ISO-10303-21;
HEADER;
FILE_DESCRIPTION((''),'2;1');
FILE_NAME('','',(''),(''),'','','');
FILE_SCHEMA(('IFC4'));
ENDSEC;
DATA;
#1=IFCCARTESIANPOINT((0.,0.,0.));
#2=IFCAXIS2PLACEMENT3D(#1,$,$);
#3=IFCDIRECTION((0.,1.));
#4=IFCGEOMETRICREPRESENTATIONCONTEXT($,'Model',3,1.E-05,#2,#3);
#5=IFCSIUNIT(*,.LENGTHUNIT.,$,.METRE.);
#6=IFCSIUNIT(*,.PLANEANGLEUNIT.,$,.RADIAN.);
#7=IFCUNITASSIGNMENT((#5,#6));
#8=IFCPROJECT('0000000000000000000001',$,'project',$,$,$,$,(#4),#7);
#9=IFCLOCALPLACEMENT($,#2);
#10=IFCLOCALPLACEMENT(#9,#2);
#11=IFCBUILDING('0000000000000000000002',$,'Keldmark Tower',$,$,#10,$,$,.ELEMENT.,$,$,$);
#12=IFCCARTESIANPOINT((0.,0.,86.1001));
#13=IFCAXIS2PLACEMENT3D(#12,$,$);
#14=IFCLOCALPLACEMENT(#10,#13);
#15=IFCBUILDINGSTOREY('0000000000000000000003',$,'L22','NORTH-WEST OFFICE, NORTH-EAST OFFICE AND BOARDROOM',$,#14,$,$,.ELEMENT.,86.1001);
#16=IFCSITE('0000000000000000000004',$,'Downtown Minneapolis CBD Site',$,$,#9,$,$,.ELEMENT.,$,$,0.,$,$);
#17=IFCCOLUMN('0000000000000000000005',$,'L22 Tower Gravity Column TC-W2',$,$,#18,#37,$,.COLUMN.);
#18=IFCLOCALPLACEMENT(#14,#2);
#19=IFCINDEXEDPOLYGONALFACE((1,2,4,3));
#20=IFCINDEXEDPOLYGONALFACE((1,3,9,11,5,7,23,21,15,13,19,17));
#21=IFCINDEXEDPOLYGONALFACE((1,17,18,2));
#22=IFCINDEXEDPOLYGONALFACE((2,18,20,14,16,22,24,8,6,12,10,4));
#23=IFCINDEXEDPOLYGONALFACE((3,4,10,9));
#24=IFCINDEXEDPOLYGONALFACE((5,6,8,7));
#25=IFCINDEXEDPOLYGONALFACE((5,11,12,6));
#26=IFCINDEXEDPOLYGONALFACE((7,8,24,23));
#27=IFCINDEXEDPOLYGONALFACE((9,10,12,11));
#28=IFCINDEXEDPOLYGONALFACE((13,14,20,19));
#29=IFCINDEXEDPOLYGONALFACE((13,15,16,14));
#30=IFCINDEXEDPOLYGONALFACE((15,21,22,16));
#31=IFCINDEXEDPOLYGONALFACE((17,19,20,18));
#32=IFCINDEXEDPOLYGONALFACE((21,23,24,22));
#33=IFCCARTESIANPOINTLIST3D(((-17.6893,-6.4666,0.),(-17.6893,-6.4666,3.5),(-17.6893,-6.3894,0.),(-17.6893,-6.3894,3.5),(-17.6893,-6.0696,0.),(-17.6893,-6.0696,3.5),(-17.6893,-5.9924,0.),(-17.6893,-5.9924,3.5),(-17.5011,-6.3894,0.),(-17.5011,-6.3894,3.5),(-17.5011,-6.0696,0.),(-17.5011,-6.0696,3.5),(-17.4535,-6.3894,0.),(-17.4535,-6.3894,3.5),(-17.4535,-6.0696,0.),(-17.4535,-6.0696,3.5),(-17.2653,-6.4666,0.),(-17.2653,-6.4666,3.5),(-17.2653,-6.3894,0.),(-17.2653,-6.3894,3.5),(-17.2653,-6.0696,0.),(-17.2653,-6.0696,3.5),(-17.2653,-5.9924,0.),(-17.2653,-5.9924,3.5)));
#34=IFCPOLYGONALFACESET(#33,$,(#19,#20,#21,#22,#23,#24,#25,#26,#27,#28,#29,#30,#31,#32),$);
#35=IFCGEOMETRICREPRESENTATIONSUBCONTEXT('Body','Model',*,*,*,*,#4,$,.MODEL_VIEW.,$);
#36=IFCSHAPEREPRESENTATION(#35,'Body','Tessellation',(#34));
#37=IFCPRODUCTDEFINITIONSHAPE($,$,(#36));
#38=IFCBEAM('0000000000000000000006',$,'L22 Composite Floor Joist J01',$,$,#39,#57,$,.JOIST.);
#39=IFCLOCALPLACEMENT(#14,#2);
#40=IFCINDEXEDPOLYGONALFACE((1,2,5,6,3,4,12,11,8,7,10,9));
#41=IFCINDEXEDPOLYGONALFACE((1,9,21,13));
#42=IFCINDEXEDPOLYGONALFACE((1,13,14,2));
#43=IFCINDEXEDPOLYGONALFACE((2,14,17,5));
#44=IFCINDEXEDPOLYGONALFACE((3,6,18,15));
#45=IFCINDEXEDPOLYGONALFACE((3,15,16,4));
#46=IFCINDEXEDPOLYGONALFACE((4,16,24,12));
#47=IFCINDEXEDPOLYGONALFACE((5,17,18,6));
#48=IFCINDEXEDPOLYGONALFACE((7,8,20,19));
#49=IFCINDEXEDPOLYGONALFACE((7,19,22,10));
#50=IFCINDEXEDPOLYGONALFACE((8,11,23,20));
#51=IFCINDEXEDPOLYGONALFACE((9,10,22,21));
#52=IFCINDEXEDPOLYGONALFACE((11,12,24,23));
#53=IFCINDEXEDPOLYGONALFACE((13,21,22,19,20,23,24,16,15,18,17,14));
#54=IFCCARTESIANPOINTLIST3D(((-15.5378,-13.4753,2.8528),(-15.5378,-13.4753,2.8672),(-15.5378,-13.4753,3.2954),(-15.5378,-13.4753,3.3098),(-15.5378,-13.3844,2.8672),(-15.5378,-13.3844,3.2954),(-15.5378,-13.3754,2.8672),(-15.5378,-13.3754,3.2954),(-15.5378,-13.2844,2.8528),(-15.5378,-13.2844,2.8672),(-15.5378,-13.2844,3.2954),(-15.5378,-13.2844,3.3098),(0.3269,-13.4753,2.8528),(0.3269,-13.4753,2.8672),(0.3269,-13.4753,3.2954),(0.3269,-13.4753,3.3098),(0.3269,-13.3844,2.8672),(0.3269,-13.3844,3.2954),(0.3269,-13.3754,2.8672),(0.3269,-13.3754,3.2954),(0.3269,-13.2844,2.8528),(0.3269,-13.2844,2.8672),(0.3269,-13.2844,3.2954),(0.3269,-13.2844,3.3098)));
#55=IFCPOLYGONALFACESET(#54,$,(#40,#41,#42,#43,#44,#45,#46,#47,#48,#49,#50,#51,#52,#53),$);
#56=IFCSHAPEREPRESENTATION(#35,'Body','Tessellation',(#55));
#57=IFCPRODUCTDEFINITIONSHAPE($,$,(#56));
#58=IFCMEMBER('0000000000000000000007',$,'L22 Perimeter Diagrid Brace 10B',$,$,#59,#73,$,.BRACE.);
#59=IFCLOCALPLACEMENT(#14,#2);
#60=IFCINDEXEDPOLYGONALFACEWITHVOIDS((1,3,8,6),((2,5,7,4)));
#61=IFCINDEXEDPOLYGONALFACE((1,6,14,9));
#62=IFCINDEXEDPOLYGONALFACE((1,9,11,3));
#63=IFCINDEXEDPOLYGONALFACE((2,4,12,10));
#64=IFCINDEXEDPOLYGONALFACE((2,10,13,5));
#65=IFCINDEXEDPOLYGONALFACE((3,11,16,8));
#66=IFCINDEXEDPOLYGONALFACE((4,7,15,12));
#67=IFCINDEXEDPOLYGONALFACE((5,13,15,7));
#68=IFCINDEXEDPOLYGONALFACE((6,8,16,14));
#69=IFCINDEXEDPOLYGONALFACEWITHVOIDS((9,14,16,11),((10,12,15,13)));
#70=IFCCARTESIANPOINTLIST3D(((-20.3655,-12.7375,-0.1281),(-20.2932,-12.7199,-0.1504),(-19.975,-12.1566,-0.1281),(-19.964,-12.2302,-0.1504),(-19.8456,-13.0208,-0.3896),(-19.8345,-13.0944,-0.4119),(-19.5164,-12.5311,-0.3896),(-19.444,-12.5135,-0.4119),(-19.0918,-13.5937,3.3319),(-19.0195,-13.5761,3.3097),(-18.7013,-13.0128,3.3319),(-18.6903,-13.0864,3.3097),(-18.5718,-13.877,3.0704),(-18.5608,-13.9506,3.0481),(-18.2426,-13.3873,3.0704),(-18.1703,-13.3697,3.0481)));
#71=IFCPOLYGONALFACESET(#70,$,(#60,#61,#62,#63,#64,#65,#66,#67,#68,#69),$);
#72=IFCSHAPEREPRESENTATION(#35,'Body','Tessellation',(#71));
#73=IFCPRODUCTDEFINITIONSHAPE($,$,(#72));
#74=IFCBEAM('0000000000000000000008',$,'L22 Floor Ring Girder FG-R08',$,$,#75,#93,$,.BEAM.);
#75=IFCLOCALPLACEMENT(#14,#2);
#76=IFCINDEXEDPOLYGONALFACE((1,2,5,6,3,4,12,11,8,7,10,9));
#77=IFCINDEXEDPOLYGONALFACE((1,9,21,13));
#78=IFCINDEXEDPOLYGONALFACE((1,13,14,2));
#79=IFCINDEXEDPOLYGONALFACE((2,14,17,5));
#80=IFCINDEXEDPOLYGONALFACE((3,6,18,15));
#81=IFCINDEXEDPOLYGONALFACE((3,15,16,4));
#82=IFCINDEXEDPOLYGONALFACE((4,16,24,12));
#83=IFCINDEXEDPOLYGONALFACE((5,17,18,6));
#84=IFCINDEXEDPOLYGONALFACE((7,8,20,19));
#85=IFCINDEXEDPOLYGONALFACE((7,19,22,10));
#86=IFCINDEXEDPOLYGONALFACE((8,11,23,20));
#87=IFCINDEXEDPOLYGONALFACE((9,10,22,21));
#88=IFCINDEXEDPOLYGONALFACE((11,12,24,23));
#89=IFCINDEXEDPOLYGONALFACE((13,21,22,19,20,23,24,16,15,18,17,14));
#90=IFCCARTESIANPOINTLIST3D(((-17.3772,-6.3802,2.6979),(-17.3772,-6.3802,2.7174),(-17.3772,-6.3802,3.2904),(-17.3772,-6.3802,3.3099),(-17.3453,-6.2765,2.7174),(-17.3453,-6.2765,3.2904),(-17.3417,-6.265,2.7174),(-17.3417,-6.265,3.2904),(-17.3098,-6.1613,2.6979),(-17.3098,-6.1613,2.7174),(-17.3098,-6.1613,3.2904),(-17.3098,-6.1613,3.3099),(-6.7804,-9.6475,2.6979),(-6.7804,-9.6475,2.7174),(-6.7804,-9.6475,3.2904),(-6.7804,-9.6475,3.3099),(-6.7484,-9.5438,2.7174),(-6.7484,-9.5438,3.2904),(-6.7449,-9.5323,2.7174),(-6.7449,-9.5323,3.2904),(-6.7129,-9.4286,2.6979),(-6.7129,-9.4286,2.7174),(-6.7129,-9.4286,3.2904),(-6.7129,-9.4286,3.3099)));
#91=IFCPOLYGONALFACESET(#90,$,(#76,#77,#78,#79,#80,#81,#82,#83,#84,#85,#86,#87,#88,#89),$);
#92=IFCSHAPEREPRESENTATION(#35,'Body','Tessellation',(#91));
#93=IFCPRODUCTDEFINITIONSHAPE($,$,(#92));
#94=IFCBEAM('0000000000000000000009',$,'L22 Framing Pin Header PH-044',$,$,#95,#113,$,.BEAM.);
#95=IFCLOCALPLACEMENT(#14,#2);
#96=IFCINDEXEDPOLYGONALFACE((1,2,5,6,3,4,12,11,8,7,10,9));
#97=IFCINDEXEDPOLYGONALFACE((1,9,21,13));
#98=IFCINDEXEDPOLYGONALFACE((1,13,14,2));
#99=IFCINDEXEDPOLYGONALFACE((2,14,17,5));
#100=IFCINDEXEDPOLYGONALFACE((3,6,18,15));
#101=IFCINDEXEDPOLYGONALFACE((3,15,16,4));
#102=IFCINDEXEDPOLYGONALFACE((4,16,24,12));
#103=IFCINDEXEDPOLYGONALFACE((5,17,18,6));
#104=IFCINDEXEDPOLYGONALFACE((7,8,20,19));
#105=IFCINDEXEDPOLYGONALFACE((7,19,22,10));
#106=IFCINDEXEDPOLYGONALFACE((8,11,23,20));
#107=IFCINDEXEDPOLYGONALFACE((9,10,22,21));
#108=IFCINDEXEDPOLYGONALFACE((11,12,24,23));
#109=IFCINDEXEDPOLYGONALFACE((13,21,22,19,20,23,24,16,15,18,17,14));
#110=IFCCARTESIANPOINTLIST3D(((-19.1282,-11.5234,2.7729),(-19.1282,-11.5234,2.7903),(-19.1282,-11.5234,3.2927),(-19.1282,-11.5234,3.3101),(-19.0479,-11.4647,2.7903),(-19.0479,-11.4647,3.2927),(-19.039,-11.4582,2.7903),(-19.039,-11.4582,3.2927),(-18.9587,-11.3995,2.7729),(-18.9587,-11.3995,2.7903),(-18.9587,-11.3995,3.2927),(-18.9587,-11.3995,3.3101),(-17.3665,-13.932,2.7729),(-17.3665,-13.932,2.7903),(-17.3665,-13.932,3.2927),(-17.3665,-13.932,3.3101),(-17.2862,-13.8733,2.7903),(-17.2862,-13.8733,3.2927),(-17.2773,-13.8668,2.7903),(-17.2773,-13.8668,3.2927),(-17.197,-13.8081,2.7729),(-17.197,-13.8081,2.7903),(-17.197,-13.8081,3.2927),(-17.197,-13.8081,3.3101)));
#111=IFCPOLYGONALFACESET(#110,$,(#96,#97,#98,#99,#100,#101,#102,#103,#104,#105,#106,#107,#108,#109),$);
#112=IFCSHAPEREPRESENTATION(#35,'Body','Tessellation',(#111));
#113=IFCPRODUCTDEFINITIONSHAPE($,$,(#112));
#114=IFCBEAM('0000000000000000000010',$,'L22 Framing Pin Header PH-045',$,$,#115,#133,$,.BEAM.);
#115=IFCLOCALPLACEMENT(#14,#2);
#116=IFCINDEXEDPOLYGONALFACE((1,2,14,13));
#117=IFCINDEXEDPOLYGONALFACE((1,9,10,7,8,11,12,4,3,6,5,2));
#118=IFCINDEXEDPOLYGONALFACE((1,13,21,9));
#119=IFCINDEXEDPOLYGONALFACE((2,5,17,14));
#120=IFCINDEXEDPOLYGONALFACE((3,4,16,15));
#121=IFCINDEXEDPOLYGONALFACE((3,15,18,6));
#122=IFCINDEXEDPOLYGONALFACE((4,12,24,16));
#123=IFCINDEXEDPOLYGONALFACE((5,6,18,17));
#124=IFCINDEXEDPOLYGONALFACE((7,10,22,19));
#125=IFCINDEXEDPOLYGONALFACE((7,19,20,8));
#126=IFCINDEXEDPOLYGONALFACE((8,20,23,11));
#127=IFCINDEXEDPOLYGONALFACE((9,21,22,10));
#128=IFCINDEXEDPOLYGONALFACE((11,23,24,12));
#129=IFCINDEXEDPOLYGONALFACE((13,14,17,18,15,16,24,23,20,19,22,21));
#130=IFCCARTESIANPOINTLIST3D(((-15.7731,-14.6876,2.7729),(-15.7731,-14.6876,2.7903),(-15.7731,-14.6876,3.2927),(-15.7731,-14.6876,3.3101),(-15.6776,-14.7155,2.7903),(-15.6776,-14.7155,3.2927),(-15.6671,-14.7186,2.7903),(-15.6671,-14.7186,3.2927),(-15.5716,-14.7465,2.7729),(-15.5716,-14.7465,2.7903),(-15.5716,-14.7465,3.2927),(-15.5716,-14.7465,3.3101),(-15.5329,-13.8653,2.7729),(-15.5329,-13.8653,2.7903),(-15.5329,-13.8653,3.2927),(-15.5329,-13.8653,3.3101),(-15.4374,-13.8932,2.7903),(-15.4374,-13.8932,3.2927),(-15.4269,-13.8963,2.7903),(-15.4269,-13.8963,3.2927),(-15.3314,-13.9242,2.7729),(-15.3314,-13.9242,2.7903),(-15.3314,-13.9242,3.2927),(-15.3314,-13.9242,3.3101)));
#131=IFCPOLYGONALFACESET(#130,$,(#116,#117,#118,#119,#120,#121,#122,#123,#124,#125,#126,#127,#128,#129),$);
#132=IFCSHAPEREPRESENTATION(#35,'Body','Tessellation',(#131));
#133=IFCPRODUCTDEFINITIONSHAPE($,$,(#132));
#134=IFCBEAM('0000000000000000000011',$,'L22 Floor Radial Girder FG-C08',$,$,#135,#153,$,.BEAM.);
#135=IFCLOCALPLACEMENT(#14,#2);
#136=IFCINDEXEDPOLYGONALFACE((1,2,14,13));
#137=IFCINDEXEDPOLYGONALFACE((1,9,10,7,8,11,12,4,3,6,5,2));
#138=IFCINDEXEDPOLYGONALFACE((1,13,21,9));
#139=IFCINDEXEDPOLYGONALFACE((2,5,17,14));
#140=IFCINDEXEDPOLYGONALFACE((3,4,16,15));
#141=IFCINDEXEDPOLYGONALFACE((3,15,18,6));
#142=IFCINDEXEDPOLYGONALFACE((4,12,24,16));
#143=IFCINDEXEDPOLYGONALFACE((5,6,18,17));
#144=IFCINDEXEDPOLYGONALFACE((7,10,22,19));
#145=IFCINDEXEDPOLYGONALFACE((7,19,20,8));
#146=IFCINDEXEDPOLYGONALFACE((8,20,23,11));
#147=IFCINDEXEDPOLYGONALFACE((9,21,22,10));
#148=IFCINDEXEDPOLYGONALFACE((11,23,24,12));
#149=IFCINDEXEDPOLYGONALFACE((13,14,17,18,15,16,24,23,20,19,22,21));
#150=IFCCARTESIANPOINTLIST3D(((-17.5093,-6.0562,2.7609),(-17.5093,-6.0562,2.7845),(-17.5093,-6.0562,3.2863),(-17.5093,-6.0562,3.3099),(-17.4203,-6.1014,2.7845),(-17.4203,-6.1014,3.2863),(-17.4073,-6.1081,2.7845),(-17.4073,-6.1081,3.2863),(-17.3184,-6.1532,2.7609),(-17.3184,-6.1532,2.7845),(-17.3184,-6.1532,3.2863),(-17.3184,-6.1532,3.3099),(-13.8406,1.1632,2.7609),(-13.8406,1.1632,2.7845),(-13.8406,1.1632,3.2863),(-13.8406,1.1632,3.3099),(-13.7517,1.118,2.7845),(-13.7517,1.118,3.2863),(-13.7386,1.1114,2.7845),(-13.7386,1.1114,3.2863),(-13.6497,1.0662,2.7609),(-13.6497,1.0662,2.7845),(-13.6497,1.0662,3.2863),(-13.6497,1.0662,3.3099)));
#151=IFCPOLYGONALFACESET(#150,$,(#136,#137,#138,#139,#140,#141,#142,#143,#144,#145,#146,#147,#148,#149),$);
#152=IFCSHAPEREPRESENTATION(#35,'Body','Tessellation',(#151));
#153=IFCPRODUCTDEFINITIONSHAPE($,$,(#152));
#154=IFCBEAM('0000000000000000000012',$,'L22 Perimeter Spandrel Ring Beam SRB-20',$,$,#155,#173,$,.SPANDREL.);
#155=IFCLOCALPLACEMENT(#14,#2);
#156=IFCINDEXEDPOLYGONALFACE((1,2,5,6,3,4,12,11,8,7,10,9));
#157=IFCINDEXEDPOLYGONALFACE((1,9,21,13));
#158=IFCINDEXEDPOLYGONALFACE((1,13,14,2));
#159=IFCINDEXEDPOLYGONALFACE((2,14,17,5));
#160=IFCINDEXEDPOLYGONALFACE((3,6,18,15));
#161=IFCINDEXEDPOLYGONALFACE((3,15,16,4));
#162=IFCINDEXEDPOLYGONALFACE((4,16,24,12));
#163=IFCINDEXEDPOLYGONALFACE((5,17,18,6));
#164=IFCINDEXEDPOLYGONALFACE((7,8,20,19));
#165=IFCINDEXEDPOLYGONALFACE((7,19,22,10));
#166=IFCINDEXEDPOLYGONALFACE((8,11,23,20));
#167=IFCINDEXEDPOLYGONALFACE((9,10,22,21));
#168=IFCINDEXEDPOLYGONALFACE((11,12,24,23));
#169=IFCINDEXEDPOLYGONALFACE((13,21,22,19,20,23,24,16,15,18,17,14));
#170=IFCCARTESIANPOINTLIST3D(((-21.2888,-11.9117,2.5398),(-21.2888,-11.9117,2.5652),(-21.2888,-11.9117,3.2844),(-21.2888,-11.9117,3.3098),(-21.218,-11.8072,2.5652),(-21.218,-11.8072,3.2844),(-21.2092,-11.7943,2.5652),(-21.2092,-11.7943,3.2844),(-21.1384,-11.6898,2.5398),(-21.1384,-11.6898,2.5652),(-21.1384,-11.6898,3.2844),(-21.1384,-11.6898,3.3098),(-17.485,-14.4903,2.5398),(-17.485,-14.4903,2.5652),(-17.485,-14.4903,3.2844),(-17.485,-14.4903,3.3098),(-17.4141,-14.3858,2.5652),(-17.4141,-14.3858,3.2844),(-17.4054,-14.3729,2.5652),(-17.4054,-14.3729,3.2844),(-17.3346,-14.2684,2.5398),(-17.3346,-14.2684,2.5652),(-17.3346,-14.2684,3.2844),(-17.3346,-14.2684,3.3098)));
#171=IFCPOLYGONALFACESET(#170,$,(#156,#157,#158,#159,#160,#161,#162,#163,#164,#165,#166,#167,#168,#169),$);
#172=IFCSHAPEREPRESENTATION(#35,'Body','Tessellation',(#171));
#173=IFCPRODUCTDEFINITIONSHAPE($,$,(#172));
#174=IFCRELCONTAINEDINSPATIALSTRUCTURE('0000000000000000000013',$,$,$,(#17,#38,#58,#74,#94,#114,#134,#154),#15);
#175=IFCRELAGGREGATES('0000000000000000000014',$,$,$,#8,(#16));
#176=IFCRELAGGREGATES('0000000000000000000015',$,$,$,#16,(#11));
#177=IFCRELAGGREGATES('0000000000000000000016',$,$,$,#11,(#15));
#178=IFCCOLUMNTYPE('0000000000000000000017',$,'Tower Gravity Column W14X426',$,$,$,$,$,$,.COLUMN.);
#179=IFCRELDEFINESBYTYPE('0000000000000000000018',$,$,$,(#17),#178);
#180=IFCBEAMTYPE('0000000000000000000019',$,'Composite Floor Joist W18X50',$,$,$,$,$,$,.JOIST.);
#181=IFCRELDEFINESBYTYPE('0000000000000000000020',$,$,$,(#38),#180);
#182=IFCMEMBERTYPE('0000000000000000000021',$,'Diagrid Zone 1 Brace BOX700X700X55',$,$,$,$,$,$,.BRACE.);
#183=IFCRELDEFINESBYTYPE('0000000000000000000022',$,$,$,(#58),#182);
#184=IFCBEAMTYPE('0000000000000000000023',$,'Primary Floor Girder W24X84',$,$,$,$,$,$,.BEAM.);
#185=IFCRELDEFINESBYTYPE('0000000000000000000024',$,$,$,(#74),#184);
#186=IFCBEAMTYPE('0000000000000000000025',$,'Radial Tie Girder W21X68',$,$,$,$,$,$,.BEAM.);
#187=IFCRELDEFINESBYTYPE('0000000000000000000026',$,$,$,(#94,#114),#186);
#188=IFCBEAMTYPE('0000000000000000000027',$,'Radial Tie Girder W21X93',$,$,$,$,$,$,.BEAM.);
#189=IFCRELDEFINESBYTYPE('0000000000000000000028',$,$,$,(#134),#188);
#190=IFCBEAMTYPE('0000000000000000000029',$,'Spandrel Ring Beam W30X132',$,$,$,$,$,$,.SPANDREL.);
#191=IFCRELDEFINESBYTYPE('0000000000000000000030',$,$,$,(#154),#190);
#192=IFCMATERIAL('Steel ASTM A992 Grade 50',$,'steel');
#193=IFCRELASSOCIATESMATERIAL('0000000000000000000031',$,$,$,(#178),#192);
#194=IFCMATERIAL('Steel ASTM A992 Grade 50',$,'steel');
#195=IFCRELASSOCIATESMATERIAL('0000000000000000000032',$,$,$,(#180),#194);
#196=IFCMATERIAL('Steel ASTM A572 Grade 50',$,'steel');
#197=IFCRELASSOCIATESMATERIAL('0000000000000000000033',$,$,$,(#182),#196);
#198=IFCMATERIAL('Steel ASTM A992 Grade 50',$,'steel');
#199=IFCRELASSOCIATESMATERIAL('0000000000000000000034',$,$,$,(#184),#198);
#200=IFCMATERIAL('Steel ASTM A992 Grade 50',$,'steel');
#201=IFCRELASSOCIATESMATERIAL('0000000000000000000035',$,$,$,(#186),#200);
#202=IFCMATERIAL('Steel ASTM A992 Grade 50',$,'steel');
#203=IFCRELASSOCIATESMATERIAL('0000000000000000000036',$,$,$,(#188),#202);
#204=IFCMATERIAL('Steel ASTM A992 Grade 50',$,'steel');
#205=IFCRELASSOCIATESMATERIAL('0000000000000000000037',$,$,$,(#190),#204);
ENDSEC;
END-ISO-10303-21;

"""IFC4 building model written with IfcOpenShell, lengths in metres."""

from ifc_helpers import new_model, si_unit, direction, frame, origin, origin_2d, place, context, subcontext, project, spatial, hollow_rectangle, i_section, extrude, material, material_profile, profile_set, type_object, element, save


model = new_model("IFC4")

# Units and contexts
model_context = context("Model", 3, precision=1e-05, world=origin(), true_north=direction((0.0, 1.0)))
body_context = subcontext(model_context, "Body", "Model", "MODEL_VIEW")
ifc_project = project(units=[si_unit("LENGTHUNIT", "METRE"), si_unit("PLANEANGLEUNIT", "RADIAN")], contexts=[model_context])

# Site, building, storey
site_placement = place(None, origin())
site = spatial("IfcSite", under=ifc_project, at=site_placement, Name="Downtown Minneapolis CBD Site", CompositionType="ELEMENT", RefElevation=0.0)
building_placement = place(site_placement, origin())
building = spatial("IfcBuilding", under=site, at=building_placement, Name="Keldmark Tower", CompositionType="ELEMENT")
storey_placement = place(building_placement, frame((0.0, 0.0, 86.1001)))
storey = spatial("IfcBuildingStorey", under=building, at=storey_placement, Name="L22", Description="NORTH-WEST OFFICE, NORTH-EAST OFFICE AND BOARDROOM", CompositionType="ELEMENT", Elevation=86.1001)

# Column
ifc_material_1 = material(Name="Steel ASTM A992 Grade 50", Category="steel")
ifc_material_profile_1 = material_profile(ifc_material_1, i_section(OverallWidth=0.4241, OverallDepth=0.4741, WebThickness=0.0476, FlangeThickness=0.0771, at=origin_2d()), Name="W14X426")
ifc_profile_set_1 = profile_set([ifc_material_profile_1], Name="Steel ASTM A992 Grade 50")
column_type = type_object("IfcColumnType", Name="Tower Gravity Column W14X426", PredefinedType="COLUMN", material=ifc_profile_set_1)
column_placement = place(storey_placement, frame((-17.4773, -6.2295, 0.0), z_axis=(0.0, 0.0, 1.0), x_axis=(1.0, 0.0, 0.0)))
element("IfcColumn", 1, at=column_placement, inside=storey, type_object=column_type, Name="L22 Tower Gravity Column TC-W2", PredefinedType="COLUMN", context=body_context, shape_type="SweptSolid", body=[
    extrude(i_section(OverallWidth=0.4241, OverallDepth=0.4741, WebThickness=0.0476, FlangeThickness=0.0771, at=origin_2d()), origin(), (0.0, 0.0, 1.0), 3.5),
])

# Beam
ifc_material_2 = material(Name="Steel ASTM A992 Grade 50", Category="steel")
ifc_material_profile_2 = material_profile(ifc_material_2, i_section(OverallWidth=0.1909, OverallDepth=0.457, WebThickness=0.009, FlangeThickness=0.0144, at=origin_2d()), Name="W18X50")
ifc_profile_set_2 = profile_set([ifc_material_profile_2], Name="Steel ASTM A992 Grade 50")
beam_type_1 = type_object("IfcBeamType", Name="Composite Floor Joist W18X50", PredefinedType="JOIST", material=ifc_profile_set_2)
beam_1_placement = place(storey_placement, frame((-15.5378, -13.3799, 3.0813), z_axis=(1.0, 0.0, 0.0), x_axis=(0.0, 1.0, 0.0)))
element("IfcBeam", 2, at=beam_1_placement, inside=storey, type_object=beam_type_1, Name="L22 Composite Floor Joist J01", PredefinedType="JOIST", context=body_context, shape_type="SweptSolid", body=[
    extrude(i_section(OverallWidth=0.1909, OverallDepth=0.457, WebThickness=0.009, FlangeThickness=0.0144, at=origin_2d()), origin(), (0.0, 0.0, 1.0), 15.8647),
])

# Member
ifc_material_3 = material(Name="Steel ASTM A572 Grade 50", Category="steel")
ifc_material_profile_3 = material_profile(ifc_material_3, hollow_rectangle(XDim=0.7, YDim=0.7, WallThickness=0.0549, at=origin_2d()), Name="BOX700X700X55")
ifc_profile_set_3 = profile_set([ifc_material_profile_3], Name="Steel ASTM A572 Grade 50")
member_type = type_object("IfcMemberType", Name="Diagrid Zone 1 Brace BOX700X700X55", PredefinedType="BRACE", material=ifc_profile_set_3)
member_placement = place(storey_placement, frame((-19.9048, -12.6255, -0.27), z_axis=(0.336502, -0.226205, 0.91411), x_axis=(0.55789, 0.829915, 0.0)))
element("IfcMember", 3, at=member_placement, inside=storey, type_object=member_type, Name="L22 Perimeter Diagrid Brace 10B", PredefinedType="BRACE", context=body_context, shape_type="SweptSolid", body=[
    extrude(hollow_rectangle(XDim=0.7, YDim=0.7, WallThickness=0.0549, at=origin_2d()), origin(), (0.0, 0.0, 1.0), 3.7852),
])

# Beams
ifc_material_4 = material(Name="Steel ASTM A992 Grade 50", Category="steel")
ifc_material_profile_4 = material_profile(ifc_material_4, i_section(OverallWidth=0.229, OverallDepth=0.6121, WebThickness=0.012, FlangeThickness=0.0195, at=origin_2d()), Name="W24X84")
ifc_profile_set_4 = profile_set([ifc_material_profile_4], Name="Steel ASTM A992 Grade 50")
beam_type_2 = type_object("IfcBeamType", Name="Primary Floor Girder W24X84", PredefinedType="BEAM", material=ifc_profile_set_4)
beam_2_placement = place(storey_placement, frame((-17.3435, -6.2708, 3.0039), z_axis=(0.955608, -0.294641, 0.0), x_axis=(0.294641, 0.955608, 0.0)))
element("IfcBeam", 4, at=beam_2_placement, inside=storey, type_object=beam_type_2, Name="L22 Floor Ring Girder FG-R08", PredefinedType="BEAM", context=body_context, shape_type="SweptSolid", body=[
    extrude(i_section(OverallWidth=0.229, OverallDepth=0.6121, WebThickness=0.012, FlangeThickness=0.0195, at=origin_2d()), origin(), (0.0, 0.0, 1.0), 11.0891),
])
ifc_material_5 = material(Name="Steel ASTM A992 Grade 50", Category="steel")
ifc_material_profile_5 = material_profile(ifc_material_5, i_section(OverallWidth=0.21, OverallDepth=0.5371, WebThickness=0.011, FlangeThickness=0.0173, at=origin_2d()), Name="W21X68")
ifc_profile_set_5 = profile_set([ifc_material_profile_5], Name="Steel ASTM A992 Grade 50")
beam_type_3 = type_object("IfcBeamType", Name="Radial Tie Girder W21X68", PredefinedType="BEAM", material=ifc_profile_set_5)
beam_3_placement = place(storey_placement, frame((-19.0435, -11.4614, 3.0415), z_axis=(0.590349, -0.807148, 0.0), x_axis=(0.807148, 0.590349, 0.0)))
element("IfcBeam", 5, at=beam_3_placement, inside=storey, type_object=beam_type_3, Name="L22 Framing Pin Header PH-044", PredefinedType="BEAM", context=body_context, shape_type="SweptSolid", body=[
    extrude(i_section(OverallWidth=0.21, OverallDepth=0.5371, WebThickness=0.011, FlangeThickness=0.0173, at=origin_2d()), origin(), (0.0, 0.0, 1.0), 2.9841),
])
beam_4_placement = place(storey_placement, frame((-15.4321, -13.8948, 3.0415), z_axis=(-0.280438, -0.959872, 0.0), x_axis=(0.959872, -0.280438, 0.0)))
element("IfcBeam", 6, at=beam_4_placement, inside=storey, type_object=beam_type_3, Name="L22 Framing Pin Header PH-045", PredefinedType="BEAM", context=body_context, shape_type="SweptSolid", body=[
    extrude(i_section(OverallWidth=0.21, OverallDepth=0.5371, WebThickness=0.011, FlangeThickness=0.0173, at=origin_2d()), origin(), (0.0, 0.0, 1.0), 0.8567),
])
ifc_material_6 = material(Name="Steel ASTM A992 Grade 50", Category="steel")
ifc_material_profile_6 = material_profile(ifc_material_6, i_section(OverallWidth=0.2141, OverallDepth=0.5491, WebThickness=0.0146, FlangeThickness=0.0237, at=origin_2d()), Name="W21X93")
ifc_profile_set_6 = profile_set([ifc_material_profile_6], Name="Steel ASTM A992 Grade 50")
beam_type_4 = type_object("IfcBeamType", Name="Radial Tie Girder W21X93", PredefinedType="BEAM", material=ifc_profile_set_6)
beam_5_placement = place(storey_placement, frame((-17.4138, -6.1047, 3.0354), z_axis=(0.453029, 0.891496, 0.0), x_axis=(-0.891496, 0.453029, 0.0)))
element("IfcBeam", 7, at=beam_5_placement, inside=storey, type_object=beam_type_4, Name="L22 Floor Radial Girder FG-C08", PredefinedType="BEAM", context=body_context, shape_type="SweptSolid", body=[
    extrude(i_section(OverallWidth=0.2141, OverallDepth=0.5491, WebThickness=0.0146, FlangeThickness=0.0237, at=origin_2d()), origin(), (0.0, 0.0, 1.0), 8.0981),
])
ifc_material_7 = material(Name="Steel ASTM A992 Grade 50", Category="steel")
ifc_material_profile_7 = material_profile(ifc_material_7, i_section(OverallWidth=0.2681, OverallDepth=0.77, WebThickness=0.0156, FlangeThickness=0.0254, at=origin_2d()), Name="W30X132")
ifc_profile_set_7 = profile_set([ifc_material_profile_7], Name="Steel ASTM A992 Grade 50")
beam_type_5 = type_object("IfcBeamType", Name="Spandrel Ring Beam W30X132", PredefinedType="SPANDREL", material=ifc_profile_set_7)
beam_6_placement = place(storey_placement, frame((-21.2136, -11.8008, 2.9248), z_axis=(0.827743, -0.561108, 0.0), x_axis=(0.561108, 0.827743, 0.0)))
element("IfcBeam", 8, at=beam_6_placement, inside=storey, type_object=beam_type_5, Name="L22 Perimeter Spandrel Ring Beam SRB-20", PredefinedType="SPANDREL", context=body_context, shape_type="SweptSolid", body=[
    extrude(i_section(OverallWidth=0.2681, OverallDepth=0.77, WebThickness=0.0156, FlangeThickness=0.0254, at=origin_2d()), origin(), (0.0, 0.0, 1.0), 4.5955),
])

save(model, "model.ifc")
